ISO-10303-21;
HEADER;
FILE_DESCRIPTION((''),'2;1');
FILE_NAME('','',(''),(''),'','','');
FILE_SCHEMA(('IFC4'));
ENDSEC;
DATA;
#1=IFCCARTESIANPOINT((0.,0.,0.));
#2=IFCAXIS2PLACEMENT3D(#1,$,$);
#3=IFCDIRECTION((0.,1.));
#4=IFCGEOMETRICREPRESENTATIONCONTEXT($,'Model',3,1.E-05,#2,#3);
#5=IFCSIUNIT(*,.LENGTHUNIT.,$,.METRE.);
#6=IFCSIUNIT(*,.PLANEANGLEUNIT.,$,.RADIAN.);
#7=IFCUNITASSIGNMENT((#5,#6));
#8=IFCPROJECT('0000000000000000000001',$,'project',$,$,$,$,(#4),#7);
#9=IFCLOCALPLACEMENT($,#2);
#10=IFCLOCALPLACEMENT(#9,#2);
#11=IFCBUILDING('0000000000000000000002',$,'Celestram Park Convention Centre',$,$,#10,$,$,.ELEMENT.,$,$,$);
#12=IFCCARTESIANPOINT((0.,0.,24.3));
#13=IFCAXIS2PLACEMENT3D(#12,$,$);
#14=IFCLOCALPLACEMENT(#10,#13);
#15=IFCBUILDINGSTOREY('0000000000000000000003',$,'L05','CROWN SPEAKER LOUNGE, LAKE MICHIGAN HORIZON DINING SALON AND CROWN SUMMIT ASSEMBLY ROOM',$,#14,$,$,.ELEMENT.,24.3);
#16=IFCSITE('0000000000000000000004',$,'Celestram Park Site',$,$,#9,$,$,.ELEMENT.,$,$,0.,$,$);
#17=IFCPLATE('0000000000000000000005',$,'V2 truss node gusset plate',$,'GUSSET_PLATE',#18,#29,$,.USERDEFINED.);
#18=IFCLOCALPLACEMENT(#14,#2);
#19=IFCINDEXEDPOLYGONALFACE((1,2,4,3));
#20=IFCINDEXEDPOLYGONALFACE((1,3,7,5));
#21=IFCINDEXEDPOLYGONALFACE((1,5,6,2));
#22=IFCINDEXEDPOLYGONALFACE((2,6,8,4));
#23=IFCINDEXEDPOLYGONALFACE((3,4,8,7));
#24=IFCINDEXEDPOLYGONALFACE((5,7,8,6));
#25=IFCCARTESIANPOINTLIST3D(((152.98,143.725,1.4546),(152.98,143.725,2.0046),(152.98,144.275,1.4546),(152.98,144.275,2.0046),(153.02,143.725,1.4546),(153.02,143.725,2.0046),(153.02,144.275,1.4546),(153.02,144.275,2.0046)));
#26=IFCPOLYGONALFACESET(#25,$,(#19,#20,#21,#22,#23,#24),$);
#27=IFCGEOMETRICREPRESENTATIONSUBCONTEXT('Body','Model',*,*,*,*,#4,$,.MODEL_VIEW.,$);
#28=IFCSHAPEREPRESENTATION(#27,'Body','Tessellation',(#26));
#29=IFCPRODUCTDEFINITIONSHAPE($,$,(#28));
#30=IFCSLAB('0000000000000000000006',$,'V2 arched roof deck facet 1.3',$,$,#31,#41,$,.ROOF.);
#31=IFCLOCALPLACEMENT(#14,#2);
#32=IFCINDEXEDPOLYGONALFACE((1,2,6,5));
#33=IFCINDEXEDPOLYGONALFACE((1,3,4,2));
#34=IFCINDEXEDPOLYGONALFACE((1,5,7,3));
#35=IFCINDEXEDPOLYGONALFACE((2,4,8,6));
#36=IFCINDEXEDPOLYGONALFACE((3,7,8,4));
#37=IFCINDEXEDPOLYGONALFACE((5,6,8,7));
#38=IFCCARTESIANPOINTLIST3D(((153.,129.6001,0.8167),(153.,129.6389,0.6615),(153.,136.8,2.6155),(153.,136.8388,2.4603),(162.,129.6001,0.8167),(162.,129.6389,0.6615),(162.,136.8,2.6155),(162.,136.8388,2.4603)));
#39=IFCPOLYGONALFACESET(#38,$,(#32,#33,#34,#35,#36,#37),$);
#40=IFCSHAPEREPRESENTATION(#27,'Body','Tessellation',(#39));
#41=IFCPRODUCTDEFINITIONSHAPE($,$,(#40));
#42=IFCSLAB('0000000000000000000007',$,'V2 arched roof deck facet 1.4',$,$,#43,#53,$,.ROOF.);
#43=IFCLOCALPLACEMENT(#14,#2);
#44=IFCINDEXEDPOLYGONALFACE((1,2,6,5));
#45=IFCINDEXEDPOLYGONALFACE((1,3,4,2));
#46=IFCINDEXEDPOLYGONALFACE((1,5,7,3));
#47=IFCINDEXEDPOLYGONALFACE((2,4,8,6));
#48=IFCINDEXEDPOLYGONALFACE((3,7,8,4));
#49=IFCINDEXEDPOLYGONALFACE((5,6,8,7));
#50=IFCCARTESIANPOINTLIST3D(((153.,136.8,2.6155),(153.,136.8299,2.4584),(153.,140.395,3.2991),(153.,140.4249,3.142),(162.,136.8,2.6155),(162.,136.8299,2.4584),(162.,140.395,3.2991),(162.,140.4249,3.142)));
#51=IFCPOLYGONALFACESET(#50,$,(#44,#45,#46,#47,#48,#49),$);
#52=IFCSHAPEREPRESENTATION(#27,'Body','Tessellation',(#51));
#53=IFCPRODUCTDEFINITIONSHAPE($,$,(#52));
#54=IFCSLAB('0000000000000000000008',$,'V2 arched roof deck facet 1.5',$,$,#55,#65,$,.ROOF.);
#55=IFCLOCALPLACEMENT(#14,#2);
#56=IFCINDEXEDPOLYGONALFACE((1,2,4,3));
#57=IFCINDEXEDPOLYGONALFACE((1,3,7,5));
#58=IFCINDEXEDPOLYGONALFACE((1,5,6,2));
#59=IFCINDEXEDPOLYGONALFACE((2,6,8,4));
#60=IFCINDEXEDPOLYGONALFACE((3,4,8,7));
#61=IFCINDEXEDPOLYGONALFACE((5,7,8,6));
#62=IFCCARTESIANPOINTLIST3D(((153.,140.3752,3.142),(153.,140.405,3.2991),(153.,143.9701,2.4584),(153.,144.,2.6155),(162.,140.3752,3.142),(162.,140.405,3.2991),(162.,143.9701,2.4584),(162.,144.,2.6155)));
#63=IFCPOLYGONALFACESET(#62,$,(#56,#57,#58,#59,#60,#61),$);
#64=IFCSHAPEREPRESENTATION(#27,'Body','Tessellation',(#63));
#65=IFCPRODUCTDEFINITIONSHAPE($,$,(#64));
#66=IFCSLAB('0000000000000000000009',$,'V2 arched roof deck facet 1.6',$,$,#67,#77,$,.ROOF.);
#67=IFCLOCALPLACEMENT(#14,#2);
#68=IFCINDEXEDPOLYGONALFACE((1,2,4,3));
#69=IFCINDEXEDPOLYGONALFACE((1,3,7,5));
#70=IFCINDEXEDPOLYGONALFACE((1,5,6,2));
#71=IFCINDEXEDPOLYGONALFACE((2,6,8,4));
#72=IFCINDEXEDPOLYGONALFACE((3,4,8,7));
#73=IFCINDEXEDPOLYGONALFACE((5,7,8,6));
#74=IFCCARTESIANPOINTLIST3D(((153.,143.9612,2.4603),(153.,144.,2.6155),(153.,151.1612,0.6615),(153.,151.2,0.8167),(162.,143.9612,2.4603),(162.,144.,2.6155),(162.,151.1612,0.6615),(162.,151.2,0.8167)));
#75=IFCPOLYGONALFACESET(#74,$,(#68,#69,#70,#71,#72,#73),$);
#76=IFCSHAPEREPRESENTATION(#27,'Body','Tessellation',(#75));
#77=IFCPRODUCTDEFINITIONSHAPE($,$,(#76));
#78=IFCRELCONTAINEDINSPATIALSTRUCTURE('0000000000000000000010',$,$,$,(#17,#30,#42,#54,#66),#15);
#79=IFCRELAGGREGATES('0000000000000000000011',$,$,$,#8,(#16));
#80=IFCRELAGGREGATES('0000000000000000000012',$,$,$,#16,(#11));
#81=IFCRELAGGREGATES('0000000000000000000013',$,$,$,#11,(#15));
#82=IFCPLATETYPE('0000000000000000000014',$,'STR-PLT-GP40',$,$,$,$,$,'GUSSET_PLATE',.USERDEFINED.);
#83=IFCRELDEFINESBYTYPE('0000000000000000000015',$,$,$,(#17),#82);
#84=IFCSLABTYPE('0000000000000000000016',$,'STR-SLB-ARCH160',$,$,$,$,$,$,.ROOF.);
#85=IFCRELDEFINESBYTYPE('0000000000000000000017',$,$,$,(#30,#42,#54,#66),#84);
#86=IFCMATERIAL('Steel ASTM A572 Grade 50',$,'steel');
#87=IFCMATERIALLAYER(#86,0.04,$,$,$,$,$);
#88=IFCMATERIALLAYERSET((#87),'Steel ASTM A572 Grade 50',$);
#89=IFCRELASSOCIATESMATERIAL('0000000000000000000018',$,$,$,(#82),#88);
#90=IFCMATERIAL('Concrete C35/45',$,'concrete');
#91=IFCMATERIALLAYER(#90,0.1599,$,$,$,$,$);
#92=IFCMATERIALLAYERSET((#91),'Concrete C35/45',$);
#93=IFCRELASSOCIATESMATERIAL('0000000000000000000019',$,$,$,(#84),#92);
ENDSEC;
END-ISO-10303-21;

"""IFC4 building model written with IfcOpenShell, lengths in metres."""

from ifc_helpers import new_model, si_unit, direction, frame, origin, origin_2d, place, context, subcontext, project, spatial, polyline, rectangle, outline, extrude, material, layer, layer_set, type_object, element, save


model = new_model("IFC4")

# Units and contexts
model_context = context("Model", 3, precision=1e-05, world=origin(), true_north=direction((0.0, 1.0)))
body_context = subcontext(model_context, "Body", "Model", "MODEL_VIEW")
ifc_project = project(units=[si_unit("LENGTHUNIT", "METRE"), si_unit("PLANEANGLEUNIT", "RADIAN")], contexts=[model_context])

# Site, building, storey
site_placement = place(None, origin())
site = spatial("IfcSite", under=ifc_project, at=site_placement, Name="Celestram Park Site", CompositionType="ELEMENT", RefElevation=0.0)
building_placement = place(site_placement, origin())
building = spatial("IfcBuilding", under=site, at=building_placement, Name="Celestram Park Convention Centre", CompositionType="ELEMENT")
storey_placement = place(building_placement, frame((0.0, 0.0, 24.3)))
storey = spatial("IfcBuildingStorey", under=building, at=storey_placement, Name="L05", Description="CROWN SPEAKER LOUNGE, LAKE MICHIGAN HORIZON DINING SALON AND CROWN SUMMIT ASSEMBLY ROOM", CompositionType="ELEMENT", Elevation=24.3)

# Plate
ifc_material_1 = material(Name="Steel ASTM A572 Grade 50", Category="steel")
ifc_layer_1 = layer(ifc_material_1, 0.04)
ifc_layer_set_1 = layer_set([ifc_layer_1], Name="Steel ASTM A572 Grade 50")
plate_type = type_object("IfcPlateType", Name="STR-PLT-GP40", ElementType="GUSSET_PLATE", PredefinedType="USERDEFINED", material=ifc_layer_set_1)
for number, where, z_axis, x_axis, name in (
    (1, (153.0, 144.0, 1.4546), (0.0, 0.0, 1.0), (0.0, 1.0, 0.0), "V2 truss node gusset plate"),
):
    element("IfcPlate", number, at=place(storey_placement, frame(where, z_axis=z_axis, x_axis=x_axis)), inside=storey, type_object=plate_type, Name=name, ObjectType="GUSSET_PLATE", PredefinedType="USERDEFINED", context=body_context, shape_type="SweptSolid", body=[
        extrude(rectangle(XDim=0.55, YDim=0.04, at=origin_2d()), origin(), (0.0, 0.0, 1.0), 0.55),
    ])

# Slabs
ifc_material_2 = material(Name="Concrete C35/45", Category="concrete")
ifc_layer_2 = layer(ifc_material_2, 0.1599)
ifc_layer_set_2 = layer_set([ifc_layer_2], Name="Concrete C35/45")
slab_type = type_object("IfcSlabType", Name="STR-SLB-ARCH160", PredefinedType="ROOF", material=ifc_layer_set_2)
slab_1_placement = place(storey_placement, frame((153.0, 129.6001, 0.8167), z_axis=(0.0, -0.242389, 0.970179), x_axis=(1.0, 0.0, 0.0)))
element("IfcSlab", 2, at=slab_1_placement, inside=storey, type_object=slab_type, Name="V2 arched roof deck facet 1.3", PredefinedType="ROOF", context=body_context, shape_type="SweptSolid", body=[
    extrude(outline(polyline([(0.0, 0.0), (9.0, 0.0), (9.0, 7.4213), (0.0, 7.4213), (0.0, 0.0)])), origin(), (0.0, 0.0, -1.0), 0.1599),
])
for number, where, z_axis, x_axis, name in (
    (3, (153.0, 136.8, 2.6155), (0.0, -0.186806, 0.982397), (1.0, 0.0, 0.0), "V2 arched roof deck facet 1.4"),
    (4, (153.0, 140.405, 3.2991), (0.0, 0.186806, 0.982397), (1.0, 0.0, 0.0), "V2 arched roof deck facet 1.5"),
):
    element("IfcSlab", number, at=place(storey_placement, frame(where, z_axis=z_axis, x_axis=x_axis)), inside=storey, type_object=slab_type, Name=name, PredefinedType="ROOF", context=body_context, shape_type="SweptSolid", body=[
        extrude(outline(polyline([(0.0, 0.0), (9.0, 0.0), (9.0, 3.6594), (0.0, 3.6594), (0.0, 0.0)])), origin(), (0.0, 0.0, -1.0), 0.1599),
    ])
slab_2_placement = place(storey_placement, frame((153.0, 144.0, 2.6155), z_axis=(0.0, 0.242389, 0.970179), x_axis=(1.0, 0.0, 0.0)))
element("IfcSlab", 5, at=slab_2_placement, inside=storey, type_object=slab_type, Name="V2 arched roof deck facet 1.6", PredefinedType="ROOF", context=body_context, shape_type="SweptSolid", body=[
    extrude(outline(polyline([(0.0, 0.0), (9.0, 0.0), (9.0, 7.4213), (0.0, 7.4213), (0.0, 0.0)])), origin(), (0.0, 0.0, -1.0), 0.1599),
])

save(model, "model.ifc")
